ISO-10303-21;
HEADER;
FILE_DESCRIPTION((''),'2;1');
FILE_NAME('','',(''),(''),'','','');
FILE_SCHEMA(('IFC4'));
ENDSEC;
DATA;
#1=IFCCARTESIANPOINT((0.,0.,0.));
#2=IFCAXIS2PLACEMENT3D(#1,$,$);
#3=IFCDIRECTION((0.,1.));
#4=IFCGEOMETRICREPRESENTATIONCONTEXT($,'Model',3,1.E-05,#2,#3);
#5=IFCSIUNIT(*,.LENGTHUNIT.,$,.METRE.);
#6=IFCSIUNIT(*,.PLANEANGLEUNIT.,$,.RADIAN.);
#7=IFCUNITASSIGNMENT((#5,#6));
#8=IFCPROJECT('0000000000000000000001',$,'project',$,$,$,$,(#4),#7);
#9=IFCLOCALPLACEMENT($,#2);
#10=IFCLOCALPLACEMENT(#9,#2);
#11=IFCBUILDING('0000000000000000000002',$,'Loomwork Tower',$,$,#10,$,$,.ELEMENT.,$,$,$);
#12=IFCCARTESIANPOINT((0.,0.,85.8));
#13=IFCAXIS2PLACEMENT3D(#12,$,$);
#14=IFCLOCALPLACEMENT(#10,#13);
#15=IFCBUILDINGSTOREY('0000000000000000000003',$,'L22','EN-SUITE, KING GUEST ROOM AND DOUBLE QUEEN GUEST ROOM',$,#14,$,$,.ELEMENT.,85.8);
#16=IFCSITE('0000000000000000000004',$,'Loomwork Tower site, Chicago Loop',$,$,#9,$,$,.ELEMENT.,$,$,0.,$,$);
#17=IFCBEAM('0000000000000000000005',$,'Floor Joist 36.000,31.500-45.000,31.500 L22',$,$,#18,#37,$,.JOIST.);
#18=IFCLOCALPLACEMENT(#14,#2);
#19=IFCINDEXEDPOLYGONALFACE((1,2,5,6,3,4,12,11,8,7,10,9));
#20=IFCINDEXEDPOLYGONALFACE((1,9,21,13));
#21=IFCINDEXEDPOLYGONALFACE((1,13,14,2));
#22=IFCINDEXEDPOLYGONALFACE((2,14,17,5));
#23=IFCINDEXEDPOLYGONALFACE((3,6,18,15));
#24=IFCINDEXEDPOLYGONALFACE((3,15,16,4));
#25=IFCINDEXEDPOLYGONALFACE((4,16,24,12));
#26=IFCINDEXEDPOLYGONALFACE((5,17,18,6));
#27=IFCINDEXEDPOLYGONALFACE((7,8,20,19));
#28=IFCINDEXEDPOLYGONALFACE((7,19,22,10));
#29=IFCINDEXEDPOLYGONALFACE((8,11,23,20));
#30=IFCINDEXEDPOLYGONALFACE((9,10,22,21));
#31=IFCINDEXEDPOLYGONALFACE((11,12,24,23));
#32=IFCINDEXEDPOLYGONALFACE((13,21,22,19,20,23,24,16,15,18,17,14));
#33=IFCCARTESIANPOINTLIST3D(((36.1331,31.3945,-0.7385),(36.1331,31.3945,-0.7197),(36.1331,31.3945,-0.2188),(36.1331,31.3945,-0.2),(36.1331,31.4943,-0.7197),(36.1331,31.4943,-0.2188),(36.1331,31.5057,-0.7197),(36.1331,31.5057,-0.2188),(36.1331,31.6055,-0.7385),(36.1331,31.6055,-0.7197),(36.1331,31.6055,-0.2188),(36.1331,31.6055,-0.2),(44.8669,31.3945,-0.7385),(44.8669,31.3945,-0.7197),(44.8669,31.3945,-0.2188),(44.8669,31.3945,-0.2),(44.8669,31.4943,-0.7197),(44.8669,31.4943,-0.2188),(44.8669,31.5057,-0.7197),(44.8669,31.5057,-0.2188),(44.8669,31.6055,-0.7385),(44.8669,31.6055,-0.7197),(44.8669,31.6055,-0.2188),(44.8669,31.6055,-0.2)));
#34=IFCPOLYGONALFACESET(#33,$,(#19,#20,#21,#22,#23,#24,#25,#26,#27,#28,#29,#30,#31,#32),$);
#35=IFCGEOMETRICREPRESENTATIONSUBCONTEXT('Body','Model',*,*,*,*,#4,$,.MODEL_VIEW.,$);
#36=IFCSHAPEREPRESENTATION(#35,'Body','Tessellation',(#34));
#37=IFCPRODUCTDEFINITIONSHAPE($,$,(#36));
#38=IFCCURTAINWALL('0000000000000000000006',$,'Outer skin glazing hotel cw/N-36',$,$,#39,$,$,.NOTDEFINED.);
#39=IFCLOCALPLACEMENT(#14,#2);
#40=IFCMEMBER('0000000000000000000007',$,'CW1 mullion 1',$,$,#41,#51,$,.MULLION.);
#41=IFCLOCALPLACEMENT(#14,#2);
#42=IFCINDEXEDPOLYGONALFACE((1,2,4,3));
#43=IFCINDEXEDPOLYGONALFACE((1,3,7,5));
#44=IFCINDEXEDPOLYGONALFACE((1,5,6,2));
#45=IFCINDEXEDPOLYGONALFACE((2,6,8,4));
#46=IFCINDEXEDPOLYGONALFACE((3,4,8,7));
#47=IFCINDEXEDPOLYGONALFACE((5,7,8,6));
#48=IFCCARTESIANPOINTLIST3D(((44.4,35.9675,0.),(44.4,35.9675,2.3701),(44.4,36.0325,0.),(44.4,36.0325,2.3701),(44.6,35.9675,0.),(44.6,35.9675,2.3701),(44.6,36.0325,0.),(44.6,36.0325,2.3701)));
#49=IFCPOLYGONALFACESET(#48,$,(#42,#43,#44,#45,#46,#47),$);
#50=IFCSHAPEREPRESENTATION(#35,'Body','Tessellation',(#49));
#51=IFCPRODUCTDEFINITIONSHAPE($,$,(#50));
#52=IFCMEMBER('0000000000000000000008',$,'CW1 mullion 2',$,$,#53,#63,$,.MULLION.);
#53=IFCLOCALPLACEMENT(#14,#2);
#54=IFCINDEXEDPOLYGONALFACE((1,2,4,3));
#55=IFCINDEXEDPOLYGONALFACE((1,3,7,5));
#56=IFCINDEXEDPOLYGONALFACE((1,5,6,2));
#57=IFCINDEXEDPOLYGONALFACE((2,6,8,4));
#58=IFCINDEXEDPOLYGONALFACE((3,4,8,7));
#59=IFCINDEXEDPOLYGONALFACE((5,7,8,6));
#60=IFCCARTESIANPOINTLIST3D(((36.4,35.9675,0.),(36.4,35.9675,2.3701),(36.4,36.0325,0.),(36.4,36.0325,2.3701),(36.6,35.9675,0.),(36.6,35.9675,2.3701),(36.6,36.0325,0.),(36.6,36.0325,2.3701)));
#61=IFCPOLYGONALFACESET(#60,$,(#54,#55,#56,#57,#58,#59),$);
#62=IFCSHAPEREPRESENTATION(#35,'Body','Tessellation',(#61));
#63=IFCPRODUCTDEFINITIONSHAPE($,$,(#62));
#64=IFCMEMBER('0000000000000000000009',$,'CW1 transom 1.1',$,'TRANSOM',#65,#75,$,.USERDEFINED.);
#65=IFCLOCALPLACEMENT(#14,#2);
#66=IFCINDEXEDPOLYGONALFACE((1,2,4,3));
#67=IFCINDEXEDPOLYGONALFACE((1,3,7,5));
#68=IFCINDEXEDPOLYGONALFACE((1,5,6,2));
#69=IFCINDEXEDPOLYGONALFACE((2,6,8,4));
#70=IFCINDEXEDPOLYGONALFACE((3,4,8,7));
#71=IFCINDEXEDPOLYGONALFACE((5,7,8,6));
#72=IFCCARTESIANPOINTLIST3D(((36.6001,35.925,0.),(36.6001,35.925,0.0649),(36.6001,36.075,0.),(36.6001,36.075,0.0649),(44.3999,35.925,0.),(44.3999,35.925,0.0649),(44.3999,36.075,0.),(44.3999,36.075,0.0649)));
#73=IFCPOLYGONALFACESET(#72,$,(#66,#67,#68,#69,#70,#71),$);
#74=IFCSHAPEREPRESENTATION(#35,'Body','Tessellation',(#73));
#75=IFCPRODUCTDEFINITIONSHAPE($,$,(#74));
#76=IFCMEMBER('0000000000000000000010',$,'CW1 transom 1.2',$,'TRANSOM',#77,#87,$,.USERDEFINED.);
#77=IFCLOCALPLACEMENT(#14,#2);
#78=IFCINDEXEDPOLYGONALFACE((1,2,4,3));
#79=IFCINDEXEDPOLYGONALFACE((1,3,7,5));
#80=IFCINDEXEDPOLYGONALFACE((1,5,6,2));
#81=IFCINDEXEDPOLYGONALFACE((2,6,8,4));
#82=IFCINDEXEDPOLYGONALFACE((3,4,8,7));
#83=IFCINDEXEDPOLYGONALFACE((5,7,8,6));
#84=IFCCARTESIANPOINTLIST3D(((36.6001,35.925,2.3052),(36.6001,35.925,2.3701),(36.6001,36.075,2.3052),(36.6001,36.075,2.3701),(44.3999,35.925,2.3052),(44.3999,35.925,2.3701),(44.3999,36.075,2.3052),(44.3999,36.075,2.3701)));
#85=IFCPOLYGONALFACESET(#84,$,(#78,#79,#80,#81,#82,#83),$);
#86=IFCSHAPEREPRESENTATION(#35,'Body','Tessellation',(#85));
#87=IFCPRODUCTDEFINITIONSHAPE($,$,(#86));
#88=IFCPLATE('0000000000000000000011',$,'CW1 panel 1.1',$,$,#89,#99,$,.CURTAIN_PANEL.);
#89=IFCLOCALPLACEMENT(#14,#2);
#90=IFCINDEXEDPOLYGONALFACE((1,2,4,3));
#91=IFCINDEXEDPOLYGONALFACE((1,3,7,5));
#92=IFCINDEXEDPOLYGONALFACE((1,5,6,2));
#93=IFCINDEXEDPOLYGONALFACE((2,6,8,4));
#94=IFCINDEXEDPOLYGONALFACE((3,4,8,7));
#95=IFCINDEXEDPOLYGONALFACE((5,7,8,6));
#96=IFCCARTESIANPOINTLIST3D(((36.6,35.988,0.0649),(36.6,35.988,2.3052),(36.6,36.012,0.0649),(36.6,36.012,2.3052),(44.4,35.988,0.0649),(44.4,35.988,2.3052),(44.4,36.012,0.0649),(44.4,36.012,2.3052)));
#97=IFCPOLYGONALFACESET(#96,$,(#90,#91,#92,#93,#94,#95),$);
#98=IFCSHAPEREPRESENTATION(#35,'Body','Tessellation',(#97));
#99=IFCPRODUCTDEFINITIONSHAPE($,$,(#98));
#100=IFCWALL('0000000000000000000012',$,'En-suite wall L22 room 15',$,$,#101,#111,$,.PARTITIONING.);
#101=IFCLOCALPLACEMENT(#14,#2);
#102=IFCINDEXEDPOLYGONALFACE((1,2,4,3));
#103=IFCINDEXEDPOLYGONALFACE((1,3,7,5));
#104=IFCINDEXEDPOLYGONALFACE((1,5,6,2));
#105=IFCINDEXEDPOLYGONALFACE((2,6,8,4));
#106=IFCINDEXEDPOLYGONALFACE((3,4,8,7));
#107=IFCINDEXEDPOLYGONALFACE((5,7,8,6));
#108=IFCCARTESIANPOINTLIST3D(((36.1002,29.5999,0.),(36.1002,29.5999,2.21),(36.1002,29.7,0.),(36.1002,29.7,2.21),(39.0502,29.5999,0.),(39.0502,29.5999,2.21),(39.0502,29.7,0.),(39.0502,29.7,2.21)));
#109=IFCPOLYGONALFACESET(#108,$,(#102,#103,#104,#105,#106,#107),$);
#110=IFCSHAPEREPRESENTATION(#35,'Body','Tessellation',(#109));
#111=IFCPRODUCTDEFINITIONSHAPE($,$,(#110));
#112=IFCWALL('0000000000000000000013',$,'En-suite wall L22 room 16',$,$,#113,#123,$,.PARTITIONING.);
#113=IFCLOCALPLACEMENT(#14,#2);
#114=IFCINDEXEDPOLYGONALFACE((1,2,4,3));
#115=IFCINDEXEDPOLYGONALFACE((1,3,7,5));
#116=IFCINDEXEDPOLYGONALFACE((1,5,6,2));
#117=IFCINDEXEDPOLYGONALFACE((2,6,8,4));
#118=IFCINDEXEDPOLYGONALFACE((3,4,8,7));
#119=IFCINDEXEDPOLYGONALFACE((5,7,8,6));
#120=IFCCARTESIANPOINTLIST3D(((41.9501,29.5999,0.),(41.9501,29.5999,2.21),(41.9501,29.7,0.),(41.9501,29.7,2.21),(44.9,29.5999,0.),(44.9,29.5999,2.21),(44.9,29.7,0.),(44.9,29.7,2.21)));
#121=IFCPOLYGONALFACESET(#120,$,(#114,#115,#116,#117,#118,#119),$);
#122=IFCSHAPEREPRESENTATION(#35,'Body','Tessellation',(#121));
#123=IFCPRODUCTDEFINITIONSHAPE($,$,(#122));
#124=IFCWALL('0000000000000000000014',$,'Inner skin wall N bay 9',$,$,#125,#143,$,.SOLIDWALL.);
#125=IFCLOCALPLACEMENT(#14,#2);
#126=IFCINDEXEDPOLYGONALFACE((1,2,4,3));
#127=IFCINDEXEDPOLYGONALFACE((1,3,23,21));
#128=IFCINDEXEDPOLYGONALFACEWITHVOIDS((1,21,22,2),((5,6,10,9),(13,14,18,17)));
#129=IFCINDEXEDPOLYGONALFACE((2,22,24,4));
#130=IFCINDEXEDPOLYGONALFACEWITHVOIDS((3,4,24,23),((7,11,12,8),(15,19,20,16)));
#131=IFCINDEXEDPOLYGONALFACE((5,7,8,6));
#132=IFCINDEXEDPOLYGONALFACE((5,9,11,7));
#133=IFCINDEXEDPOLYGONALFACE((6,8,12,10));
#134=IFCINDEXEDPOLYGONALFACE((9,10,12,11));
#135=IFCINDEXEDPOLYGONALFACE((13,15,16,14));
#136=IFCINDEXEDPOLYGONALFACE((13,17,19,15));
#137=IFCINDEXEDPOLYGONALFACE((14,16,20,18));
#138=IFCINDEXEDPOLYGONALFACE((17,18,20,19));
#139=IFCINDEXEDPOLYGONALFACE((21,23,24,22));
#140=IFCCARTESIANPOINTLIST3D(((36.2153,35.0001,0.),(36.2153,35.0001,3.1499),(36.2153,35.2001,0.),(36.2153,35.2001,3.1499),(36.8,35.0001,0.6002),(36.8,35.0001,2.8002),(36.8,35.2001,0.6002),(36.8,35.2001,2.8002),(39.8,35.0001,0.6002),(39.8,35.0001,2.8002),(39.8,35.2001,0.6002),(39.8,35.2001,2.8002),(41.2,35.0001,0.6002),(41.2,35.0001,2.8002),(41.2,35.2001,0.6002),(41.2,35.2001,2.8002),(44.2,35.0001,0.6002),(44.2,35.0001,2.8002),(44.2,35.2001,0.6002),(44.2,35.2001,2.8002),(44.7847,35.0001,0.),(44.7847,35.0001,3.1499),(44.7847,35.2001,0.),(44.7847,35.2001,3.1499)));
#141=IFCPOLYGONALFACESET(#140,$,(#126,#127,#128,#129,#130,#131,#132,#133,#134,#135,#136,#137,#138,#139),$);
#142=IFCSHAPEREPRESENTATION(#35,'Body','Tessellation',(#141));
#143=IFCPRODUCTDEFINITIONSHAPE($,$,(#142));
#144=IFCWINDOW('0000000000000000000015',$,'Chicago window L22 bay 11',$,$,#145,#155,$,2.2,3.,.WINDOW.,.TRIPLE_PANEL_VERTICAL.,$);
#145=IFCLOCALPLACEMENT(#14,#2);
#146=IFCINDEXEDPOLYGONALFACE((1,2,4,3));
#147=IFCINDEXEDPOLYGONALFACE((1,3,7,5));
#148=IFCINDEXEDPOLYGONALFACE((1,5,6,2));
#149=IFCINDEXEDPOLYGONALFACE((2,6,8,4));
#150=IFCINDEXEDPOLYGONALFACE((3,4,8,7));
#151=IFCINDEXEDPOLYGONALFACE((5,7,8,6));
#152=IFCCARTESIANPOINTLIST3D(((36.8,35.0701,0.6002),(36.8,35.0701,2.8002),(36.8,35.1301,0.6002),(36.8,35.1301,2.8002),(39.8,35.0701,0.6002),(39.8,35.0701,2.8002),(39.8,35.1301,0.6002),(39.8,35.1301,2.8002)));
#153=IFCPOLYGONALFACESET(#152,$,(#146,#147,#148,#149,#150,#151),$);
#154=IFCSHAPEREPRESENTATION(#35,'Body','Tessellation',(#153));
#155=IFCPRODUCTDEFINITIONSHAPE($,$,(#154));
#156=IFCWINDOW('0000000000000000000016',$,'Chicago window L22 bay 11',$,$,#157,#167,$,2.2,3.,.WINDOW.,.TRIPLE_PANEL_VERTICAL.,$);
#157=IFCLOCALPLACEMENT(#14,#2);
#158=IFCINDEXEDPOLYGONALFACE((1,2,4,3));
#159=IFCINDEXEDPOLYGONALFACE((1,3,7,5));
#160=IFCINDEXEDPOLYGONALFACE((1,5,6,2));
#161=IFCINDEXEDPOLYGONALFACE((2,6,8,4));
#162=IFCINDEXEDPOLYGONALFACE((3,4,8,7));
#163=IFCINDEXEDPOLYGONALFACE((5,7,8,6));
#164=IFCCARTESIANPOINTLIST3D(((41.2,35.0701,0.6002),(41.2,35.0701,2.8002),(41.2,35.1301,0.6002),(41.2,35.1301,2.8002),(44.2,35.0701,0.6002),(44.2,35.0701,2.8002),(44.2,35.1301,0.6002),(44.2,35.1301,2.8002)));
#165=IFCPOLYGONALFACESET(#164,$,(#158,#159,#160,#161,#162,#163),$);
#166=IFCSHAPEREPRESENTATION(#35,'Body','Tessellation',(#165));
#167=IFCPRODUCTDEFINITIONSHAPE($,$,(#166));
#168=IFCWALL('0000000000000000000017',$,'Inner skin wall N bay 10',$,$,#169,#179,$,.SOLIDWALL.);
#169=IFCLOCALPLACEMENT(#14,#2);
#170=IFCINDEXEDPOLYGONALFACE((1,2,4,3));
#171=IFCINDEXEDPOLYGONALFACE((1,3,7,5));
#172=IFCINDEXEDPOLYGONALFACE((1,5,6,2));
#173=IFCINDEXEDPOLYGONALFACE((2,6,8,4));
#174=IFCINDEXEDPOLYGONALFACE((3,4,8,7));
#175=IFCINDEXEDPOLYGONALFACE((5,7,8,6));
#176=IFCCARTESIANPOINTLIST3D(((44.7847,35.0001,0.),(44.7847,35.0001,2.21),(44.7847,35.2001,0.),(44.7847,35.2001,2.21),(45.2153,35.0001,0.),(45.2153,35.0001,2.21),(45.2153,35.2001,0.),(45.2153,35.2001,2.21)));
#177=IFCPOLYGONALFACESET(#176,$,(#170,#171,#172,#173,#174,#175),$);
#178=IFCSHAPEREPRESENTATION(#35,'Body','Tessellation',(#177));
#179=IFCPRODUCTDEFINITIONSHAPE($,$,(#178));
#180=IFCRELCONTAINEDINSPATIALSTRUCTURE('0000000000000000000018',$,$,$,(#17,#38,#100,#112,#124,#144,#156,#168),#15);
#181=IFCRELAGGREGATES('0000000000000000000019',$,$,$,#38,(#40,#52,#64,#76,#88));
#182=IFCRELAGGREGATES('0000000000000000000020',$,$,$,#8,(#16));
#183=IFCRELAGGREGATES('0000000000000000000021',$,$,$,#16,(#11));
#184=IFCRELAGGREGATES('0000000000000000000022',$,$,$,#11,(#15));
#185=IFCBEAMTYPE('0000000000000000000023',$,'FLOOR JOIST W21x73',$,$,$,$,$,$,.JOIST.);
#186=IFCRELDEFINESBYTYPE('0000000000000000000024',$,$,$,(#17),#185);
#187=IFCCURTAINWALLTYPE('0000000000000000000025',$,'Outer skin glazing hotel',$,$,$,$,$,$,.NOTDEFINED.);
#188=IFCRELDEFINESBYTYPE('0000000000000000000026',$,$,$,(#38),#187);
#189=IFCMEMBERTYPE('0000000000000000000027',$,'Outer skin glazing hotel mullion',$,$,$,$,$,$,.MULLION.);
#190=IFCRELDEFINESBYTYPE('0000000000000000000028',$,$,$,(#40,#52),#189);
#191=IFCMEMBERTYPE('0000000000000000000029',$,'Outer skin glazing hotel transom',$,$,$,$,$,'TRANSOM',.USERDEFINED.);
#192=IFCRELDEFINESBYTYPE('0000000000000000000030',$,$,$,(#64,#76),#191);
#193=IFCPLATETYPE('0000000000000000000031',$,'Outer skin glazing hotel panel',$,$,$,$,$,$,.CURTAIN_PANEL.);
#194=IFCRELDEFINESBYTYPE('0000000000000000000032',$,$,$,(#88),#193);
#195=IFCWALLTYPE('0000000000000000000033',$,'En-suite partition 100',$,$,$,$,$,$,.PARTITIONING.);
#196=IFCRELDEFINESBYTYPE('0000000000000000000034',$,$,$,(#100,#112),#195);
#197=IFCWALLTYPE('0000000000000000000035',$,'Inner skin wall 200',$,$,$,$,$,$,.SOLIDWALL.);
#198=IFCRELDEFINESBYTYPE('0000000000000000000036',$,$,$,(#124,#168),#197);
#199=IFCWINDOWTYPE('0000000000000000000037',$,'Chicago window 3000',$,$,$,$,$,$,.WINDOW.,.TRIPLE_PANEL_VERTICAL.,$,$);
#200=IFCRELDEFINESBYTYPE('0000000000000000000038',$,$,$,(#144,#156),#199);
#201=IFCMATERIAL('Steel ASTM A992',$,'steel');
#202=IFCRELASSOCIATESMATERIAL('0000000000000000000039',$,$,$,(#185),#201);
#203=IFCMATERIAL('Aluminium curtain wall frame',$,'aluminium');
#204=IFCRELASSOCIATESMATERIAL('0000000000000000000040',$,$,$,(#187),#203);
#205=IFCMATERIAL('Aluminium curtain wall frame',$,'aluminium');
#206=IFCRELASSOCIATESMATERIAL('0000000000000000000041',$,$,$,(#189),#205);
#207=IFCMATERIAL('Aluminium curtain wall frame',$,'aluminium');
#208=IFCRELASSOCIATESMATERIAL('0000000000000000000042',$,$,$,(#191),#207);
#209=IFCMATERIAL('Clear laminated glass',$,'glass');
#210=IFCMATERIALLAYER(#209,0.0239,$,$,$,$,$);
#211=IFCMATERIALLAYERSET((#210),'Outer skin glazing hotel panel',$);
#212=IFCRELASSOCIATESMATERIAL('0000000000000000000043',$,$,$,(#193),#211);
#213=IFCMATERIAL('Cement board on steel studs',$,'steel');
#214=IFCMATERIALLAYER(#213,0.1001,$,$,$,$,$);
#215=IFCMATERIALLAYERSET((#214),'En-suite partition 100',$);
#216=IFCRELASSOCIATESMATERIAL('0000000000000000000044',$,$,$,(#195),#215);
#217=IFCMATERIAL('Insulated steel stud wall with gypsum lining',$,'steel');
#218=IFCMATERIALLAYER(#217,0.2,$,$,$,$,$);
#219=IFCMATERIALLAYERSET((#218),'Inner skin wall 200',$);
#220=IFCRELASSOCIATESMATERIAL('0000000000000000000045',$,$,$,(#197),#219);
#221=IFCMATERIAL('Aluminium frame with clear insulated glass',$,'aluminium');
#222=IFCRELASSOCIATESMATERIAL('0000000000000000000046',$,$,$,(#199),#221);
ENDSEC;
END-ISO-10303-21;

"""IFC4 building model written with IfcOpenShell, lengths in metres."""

from ifc_helpers import new_model, si_unit, direction, frame, frame_2d, origin, origin_2d, place, context, subcontext, project, spatial, rectangle, i_section, extrude, material, layer, layer_set, material_profile, profile_set, type_object, element, fill, aggregate, save


model = new_model("IFC4")

# Units and contexts
model_context = context("Model", 3, precision=1e-05, world=origin(), true_north=direction((0.0, 1.0)))
body_context = subcontext(model_context, "Body", "Model", "MODEL_VIEW")
ifc_project = project(units=[si_unit("LENGTHUNIT", "METRE"), si_unit("PLANEANGLEUNIT", "RADIAN")], contexts=[model_context])

# Site, building, storey
site_placement = place(None, origin())
site = spatial("IfcSite", under=ifc_project, at=site_placement, Name="Loomwork Tower site, Chicago Loop", CompositionType="ELEMENT", RefElevation=0.0)
building_placement = place(site_placement, origin())
building = spatial("IfcBuilding", under=site, at=building_placement, Name="Loomwork Tower", CompositionType="ELEMENT")
storey_placement = place(building_placement, frame((0.0, 0.0, 85.8)))
storey = spatial("IfcBuildingStorey", under=building, at=storey_placement, Name="L22", Description="EN-SUITE, KING GUEST ROOM AND DOUBLE QUEEN GUEST ROOM", CompositionType="ELEMENT", Elevation=85.8)

# Beam
ifc_material_1 = material(Name="Steel ASTM A992", Category="steel")
ifc_material_profile_1 = material_profile(ifc_material_1, i_section(OverallWidth=0.2109, OverallDepth=0.5386, WebThickness=0.0115, FlangeThickness=0.0188, at=origin_2d()), Name="W21x73")
ifc_profile_set_1 = profile_set([ifc_material_profile_1], Name="Steel ASTM A992")
beam_type = type_object("IfcBeamType", Name="FLOOR JOIST W21x73", PredefinedType="JOIST", material=ifc_profile_set_1)
beam_placement = place(storey_placement, frame((36.1331, 31.5, -0.4692), z_axis=(1.0, 0.0, 0.0), x_axis=(0.0, 1.0, 0.0)))
element("IfcBeam", 1, at=beam_placement, inside=storey, type_object=beam_type, Name="Floor Joist 36.000,31.500-45.000,31.500 L22", PredefinedType="JOIST", context=body_context, shape_type="SweptSolid", body=[
    extrude(i_section(OverallWidth=0.2109, OverallDepth=0.5386, WebThickness=0.0115, FlangeThickness=0.0188, at=origin_2d()), origin(), (0.0, 0.0, 1.0), 8.7339),
])

# Curtain wall, members, plate
ifc_material_2 = material(Name="Aluminium curtain wall frame", Category="aluminium")
curtain_wall_type = type_object("IfcCurtainWallType", Name="Outer skin glazing hotel", PredefinedType="NOTDEFINED", material=ifc_material_2)
curtain_wall_placement = place(storey_placement, origin())
curtain_wall = element("IfcCurtainWall", 2, at=curtain_wall_placement, inside=storey, type_object=curtain_wall_type, Name="Outer skin glazing hotel cw/N-36", PredefinedType="NOTDEFINED")
ifc_material_3 = material(Name="Aluminium curtain wall frame", Category="aluminium")
ifc_material_profile_2 = material_profile(ifc_material_3, rectangle(XDim=0.0649, YDim=0.2, at=origin_2d()), Name="AL 65x200")
ifc_profile_set_2 = profile_set([ifc_material_profile_2], Name="Aluminium curtain wall frame")
member_type_1 = type_object("IfcMemberType", Name="Outer skin glazing hotel mullion", PredefinedType="MULLION", material=ifc_profile_set_2)
member_1_placement = place(storey_placement, frame((44.5, 36.0, 0.0), z_axis=(0.0, 0.0, 1.0), x_axis=(0.0, -1.0, 0.0)))
member_1 = element("IfcMember", 3, at=member_1_placement, type_object=member_type_1, Name="CW1 mullion 1", PredefinedType="MULLION", context=body_context, shape_type="SweptSolid", body=[
    extrude(rectangle(XDim=0.0649, YDim=0.2, at=origin_2d()), origin(), (0.0, 0.0, 1.0), 2.3701),
])
member_2_placement = place(storey_placement, frame((36.5, 36.0, 0.0), z_axis=(0.0, 0.0, 1.0), x_axis=(0.0, -1.0, 0.0)))
member_2 = element("IfcMember", 4, at=member_2_placement, type_object=member_type_1, Name="CW1 mullion 2", PredefinedType="MULLION", context=body_context, shape_type="SweptSolid", body=[
    extrude(rectangle(XDim=0.0649, YDim=0.2, at=origin_2d()), origin(), (0.0, 0.0, 1.0), 2.3701),
])
ifc_material_4 = material(Name="Aluminium curtain wall frame", Category="aluminium")
ifc_material_profile_3 = material_profile(ifc_material_4, rectangle(XDim=0.1499, YDim=0.0649, at=origin_2d()), Name="AL 65x150")
ifc_profile_set_3 = profile_set([ifc_material_profile_3], Name="Aluminium curtain wall frame")
member_type_2 = type_object("IfcMemberType", Name="Outer skin glazing hotel transom", ElementType="TRANSOM", PredefinedType="USERDEFINED", material=ifc_profile_set_3)
member_3_placement = place(storey_placement, frame((44.3999, 36.0, 0.0325), z_axis=(-1.0, 0.0, 0.0), x_axis=(0.0, -1.0, 0.0)))
member_3 = element("IfcMember", 5, at=member_3_placement, type_object=member_type_2, Name="CW1 transom 1.1", ObjectType="TRANSOM", PredefinedType="USERDEFINED", context=body_context, shape_type="SweptSolid", body=[
    extrude(rectangle(XDim=0.1499, YDim=0.0649, at=origin_2d()), origin(), (0.0, 0.0, 1.0), 7.7998),
])
member_4_placement = place(storey_placement, frame((44.3999, 36.0, 2.3376), z_axis=(-1.0, 0.0, 0.0), x_axis=(0.0, -1.0, 0.0)))
member_4 = element("IfcMember", 6, at=member_4_placement, type_object=member_type_2, Name="CW1 transom 1.2", ObjectType="TRANSOM", PredefinedType="USERDEFINED", context=body_context, shape_type="SweptSolid", body=[
    extrude(rectangle(XDim=0.1499, YDim=0.0649, at=origin_2d()), origin(), (0.0, 0.0, 1.0), 7.7998),
])
ifc_material_5 = material(Name="Clear laminated glass", Category="glass")
ifc_layer_1 = layer(ifc_material_5, 0.0239)
ifc_layer_set_1 = layer_set([ifc_layer_1], Name="Outer skin glazing hotel panel")
plate_type = type_object("IfcPlateType", Name="Outer skin glazing hotel panel", PredefinedType="CURTAIN_PANEL", material=ifc_layer_set_1)
plate_placement = place(storey_placement, frame((40.5, 36.0, 0.0649), z_axis=(0.0, 0.0, 1.0), x_axis=(-1.0, 0.0, 0.0)))
plate = element("IfcPlate", 7, at=plate_placement, type_object=plate_type, Name="CW1 panel 1.1", PredefinedType="CURTAIN_PANEL", context=body_context, shape_type="SweptSolid", body=[
    extrude(rectangle(XDim=7.8, YDim=0.0239, at=origin_2d()), origin(), (0.0, 0.0, 1.0), 2.2402),
])
aggregate(curtain_wall, [member_1, member_2, member_3, member_4, plate])

# Walls
ifc_material_6 = material(Name="Cement board on steel studs", Category="steel")
ifc_layer_2 = layer(ifc_material_6, 0.1001)
ifc_layer_set_2 = layer_set([ifc_layer_2], Name="En-suite partition 100")
wall_type_1 = type_object("IfcWallType", Name="En-suite partition 100", PredefinedType="PARTITIONING", material=ifc_layer_set_2)
for number, where, z_axis, x_axis, name in (
    (8, (36.1001, 29.6499, 0.0), (0.0, 0.0, 1.0), (1.0, 0.0, 0.0), "En-suite wall L22 room 15"),
    (9, (41.95, 29.6499, 0.0), (0.0, 0.0, 1.0), (1.0, 0.0, 0.0), "En-suite wall L22 room 16"),
):
    element("IfcWall", number, at=place(storey_placement, frame(where, z_axis=z_axis, x_axis=x_axis)), inside=storey, type_object=wall_type_1, Name=name, PredefinedType="PARTITIONING", context=body_context, shape_type="SweptSolid", body=[
        extrude(rectangle(XDim=2.95, YDim=0.1001, at=frame_2d((1.4751, 0.0))), origin(), (0.0, 0.0, 1.0), 2.21),
    ])

# Wall, openings, windows
ifc_material_7 = material(Name="Insulated steel stud wall with gypsum lining", Category="steel")
ifc_layer_3 = layer(ifc_material_7, 0.2)
ifc_layer_set_3 = layer_set([ifc_layer_3], Name="Inner skin wall 200")
wall_type_2 = type_object("IfcWallType", Name="Inner skin wall 200", PredefinedType="SOLIDWALL", material=ifc_layer_set_3)
wall_1_placement = place(storey_placement, frame((36.2153, 35.1001, 0.0), z_axis=(0.0, 0.0, 1.0), x_axis=(1.0, 0.0, 0.0)))
wall_1 = element("IfcWall", 10, at=wall_1_placement, inside=storey, type_object=wall_type_2, Name="Inner skin wall N bay 9", PredefinedType="SOLIDWALL", context=body_context, shape_type="SweptSolid", body=[
    extrude(rectangle(XDim=8.5693, YDim=0.2, at=frame_2d((4.2847, 0.0))), origin(), (0.0, 0.0, 1.0), 3.1499),
])
opening_1_placement = place(wall_1_placement, frame((0.5847, 0.0, 0.6001)))
opening_1 = element("IfcOpeningElement", 11, at=opening_1_placement, cuts=wall_1, PredefinedType="OPENING", context=body_context, shape_type="SweptSolid", body=[
    extrude(rectangle(XDim=3.0, YDim=2.2, at=frame_2d((1.5, 1.1001))), frame((0.0, 0.1099, 0.0), z_axis=(0.0, -1.0, 0.0), x_axis=(1.0, 0.0, 0.0)), (0.0, 0.0, 1.0), 0.22),
])
opening_2_placement = place(wall_1_placement, frame((4.9846, 0.0, 0.6001)))
opening_2 = element("IfcOpeningElement", 12, at=opening_2_placement, cuts=wall_1, PredefinedType="OPENING", context=body_context, shape_type="SweptSolid", body=[
    extrude(rectangle(XDim=3.0, YDim=2.2, at=frame_2d((1.5, 1.1001))), frame((0.0, 0.1099, 0.0), z_axis=(0.0, -1.0, 0.0), x_axis=(1.0, 0.0, 0.0)), (0.0, 0.0, 1.0), 0.22),
])
ifc_material_8 = material(Name="Aluminium frame with clear insulated glass", Category="aluminium")
window_type = type_object("IfcWindowType", Name="Chicago window 3000", PartitioningType="TRIPLE_PANEL_VERTICAL", PredefinedType="WINDOW", material=ifc_material_8)
window_1_placement = place(opening_1_placement, origin())
window_1 = element("IfcWindow", 13, at=window_1_placement, inside=storey, type_object=window_type, Name="Chicago window L22 bay 11", OverallHeight=2.2, OverallWidth=3.0, PartitioningType="TRIPLE_PANEL_VERTICAL", PredefinedType="WINDOW", context=body_context, shape_type="SweptSolid", body=[
    extrude(rectangle(XDim=3.0, YDim=2.2, at=frame_2d((1.5, 1.1001))), frame((0.0, 0.03, 0.0), z_axis=(0.0, -1.0, 0.0), x_axis=(1.0, 0.0, 0.0)), (0.0, 0.0, 1.0), 0.0601),
])
fill(opening_1, window_1)
window_2_placement = place(opening_2_placement, origin())
window_2 = element("IfcWindow", 14, at=window_2_placement, inside=storey, type_object=window_type, Name="Chicago window L22 bay 11", OverallHeight=2.2, OverallWidth=3.0, PartitioningType="TRIPLE_PANEL_VERTICAL", PredefinedType="WINDOW", context=body_context, shape_type="SweptSolid", body=[
    extrude(rectangle(XDim=3.0, YDim=2.2, at=frame_2d((1.5, 1.1001))), frame((0.0, 0.03, 0.0), z_axis=(0.0, -1.0, 0.0), x_axis=(1.0, 0.0, 0.0)), (0.0, 0.0, 1.0), 0.0601),
])
fill(opening_2, window_2)

# Wall
wall_2_placement = place(storey_placement, frame((44.7847, 35.1001, 0.0), z_axis=(0.0, 0.0, 1.0), x_axis=(1.0, 0.0, 0.0)))
element("IfcWall", 15, at=wall_2_placement, inside=storey, type_object=wall_type_2, Name="Inner skin wall N bay 10", PredefinedType="SOLIDWALL", context=body_context, shape_type="SweptSolid", body=[
    extrude(rectangle(XDim=0.4307, YDim=0.2, at=frame_2d((0.2153, 0.0))), origin(), (0.0, 0.0, 1.0), 2.21),
])

save(model, "model.ifc")
